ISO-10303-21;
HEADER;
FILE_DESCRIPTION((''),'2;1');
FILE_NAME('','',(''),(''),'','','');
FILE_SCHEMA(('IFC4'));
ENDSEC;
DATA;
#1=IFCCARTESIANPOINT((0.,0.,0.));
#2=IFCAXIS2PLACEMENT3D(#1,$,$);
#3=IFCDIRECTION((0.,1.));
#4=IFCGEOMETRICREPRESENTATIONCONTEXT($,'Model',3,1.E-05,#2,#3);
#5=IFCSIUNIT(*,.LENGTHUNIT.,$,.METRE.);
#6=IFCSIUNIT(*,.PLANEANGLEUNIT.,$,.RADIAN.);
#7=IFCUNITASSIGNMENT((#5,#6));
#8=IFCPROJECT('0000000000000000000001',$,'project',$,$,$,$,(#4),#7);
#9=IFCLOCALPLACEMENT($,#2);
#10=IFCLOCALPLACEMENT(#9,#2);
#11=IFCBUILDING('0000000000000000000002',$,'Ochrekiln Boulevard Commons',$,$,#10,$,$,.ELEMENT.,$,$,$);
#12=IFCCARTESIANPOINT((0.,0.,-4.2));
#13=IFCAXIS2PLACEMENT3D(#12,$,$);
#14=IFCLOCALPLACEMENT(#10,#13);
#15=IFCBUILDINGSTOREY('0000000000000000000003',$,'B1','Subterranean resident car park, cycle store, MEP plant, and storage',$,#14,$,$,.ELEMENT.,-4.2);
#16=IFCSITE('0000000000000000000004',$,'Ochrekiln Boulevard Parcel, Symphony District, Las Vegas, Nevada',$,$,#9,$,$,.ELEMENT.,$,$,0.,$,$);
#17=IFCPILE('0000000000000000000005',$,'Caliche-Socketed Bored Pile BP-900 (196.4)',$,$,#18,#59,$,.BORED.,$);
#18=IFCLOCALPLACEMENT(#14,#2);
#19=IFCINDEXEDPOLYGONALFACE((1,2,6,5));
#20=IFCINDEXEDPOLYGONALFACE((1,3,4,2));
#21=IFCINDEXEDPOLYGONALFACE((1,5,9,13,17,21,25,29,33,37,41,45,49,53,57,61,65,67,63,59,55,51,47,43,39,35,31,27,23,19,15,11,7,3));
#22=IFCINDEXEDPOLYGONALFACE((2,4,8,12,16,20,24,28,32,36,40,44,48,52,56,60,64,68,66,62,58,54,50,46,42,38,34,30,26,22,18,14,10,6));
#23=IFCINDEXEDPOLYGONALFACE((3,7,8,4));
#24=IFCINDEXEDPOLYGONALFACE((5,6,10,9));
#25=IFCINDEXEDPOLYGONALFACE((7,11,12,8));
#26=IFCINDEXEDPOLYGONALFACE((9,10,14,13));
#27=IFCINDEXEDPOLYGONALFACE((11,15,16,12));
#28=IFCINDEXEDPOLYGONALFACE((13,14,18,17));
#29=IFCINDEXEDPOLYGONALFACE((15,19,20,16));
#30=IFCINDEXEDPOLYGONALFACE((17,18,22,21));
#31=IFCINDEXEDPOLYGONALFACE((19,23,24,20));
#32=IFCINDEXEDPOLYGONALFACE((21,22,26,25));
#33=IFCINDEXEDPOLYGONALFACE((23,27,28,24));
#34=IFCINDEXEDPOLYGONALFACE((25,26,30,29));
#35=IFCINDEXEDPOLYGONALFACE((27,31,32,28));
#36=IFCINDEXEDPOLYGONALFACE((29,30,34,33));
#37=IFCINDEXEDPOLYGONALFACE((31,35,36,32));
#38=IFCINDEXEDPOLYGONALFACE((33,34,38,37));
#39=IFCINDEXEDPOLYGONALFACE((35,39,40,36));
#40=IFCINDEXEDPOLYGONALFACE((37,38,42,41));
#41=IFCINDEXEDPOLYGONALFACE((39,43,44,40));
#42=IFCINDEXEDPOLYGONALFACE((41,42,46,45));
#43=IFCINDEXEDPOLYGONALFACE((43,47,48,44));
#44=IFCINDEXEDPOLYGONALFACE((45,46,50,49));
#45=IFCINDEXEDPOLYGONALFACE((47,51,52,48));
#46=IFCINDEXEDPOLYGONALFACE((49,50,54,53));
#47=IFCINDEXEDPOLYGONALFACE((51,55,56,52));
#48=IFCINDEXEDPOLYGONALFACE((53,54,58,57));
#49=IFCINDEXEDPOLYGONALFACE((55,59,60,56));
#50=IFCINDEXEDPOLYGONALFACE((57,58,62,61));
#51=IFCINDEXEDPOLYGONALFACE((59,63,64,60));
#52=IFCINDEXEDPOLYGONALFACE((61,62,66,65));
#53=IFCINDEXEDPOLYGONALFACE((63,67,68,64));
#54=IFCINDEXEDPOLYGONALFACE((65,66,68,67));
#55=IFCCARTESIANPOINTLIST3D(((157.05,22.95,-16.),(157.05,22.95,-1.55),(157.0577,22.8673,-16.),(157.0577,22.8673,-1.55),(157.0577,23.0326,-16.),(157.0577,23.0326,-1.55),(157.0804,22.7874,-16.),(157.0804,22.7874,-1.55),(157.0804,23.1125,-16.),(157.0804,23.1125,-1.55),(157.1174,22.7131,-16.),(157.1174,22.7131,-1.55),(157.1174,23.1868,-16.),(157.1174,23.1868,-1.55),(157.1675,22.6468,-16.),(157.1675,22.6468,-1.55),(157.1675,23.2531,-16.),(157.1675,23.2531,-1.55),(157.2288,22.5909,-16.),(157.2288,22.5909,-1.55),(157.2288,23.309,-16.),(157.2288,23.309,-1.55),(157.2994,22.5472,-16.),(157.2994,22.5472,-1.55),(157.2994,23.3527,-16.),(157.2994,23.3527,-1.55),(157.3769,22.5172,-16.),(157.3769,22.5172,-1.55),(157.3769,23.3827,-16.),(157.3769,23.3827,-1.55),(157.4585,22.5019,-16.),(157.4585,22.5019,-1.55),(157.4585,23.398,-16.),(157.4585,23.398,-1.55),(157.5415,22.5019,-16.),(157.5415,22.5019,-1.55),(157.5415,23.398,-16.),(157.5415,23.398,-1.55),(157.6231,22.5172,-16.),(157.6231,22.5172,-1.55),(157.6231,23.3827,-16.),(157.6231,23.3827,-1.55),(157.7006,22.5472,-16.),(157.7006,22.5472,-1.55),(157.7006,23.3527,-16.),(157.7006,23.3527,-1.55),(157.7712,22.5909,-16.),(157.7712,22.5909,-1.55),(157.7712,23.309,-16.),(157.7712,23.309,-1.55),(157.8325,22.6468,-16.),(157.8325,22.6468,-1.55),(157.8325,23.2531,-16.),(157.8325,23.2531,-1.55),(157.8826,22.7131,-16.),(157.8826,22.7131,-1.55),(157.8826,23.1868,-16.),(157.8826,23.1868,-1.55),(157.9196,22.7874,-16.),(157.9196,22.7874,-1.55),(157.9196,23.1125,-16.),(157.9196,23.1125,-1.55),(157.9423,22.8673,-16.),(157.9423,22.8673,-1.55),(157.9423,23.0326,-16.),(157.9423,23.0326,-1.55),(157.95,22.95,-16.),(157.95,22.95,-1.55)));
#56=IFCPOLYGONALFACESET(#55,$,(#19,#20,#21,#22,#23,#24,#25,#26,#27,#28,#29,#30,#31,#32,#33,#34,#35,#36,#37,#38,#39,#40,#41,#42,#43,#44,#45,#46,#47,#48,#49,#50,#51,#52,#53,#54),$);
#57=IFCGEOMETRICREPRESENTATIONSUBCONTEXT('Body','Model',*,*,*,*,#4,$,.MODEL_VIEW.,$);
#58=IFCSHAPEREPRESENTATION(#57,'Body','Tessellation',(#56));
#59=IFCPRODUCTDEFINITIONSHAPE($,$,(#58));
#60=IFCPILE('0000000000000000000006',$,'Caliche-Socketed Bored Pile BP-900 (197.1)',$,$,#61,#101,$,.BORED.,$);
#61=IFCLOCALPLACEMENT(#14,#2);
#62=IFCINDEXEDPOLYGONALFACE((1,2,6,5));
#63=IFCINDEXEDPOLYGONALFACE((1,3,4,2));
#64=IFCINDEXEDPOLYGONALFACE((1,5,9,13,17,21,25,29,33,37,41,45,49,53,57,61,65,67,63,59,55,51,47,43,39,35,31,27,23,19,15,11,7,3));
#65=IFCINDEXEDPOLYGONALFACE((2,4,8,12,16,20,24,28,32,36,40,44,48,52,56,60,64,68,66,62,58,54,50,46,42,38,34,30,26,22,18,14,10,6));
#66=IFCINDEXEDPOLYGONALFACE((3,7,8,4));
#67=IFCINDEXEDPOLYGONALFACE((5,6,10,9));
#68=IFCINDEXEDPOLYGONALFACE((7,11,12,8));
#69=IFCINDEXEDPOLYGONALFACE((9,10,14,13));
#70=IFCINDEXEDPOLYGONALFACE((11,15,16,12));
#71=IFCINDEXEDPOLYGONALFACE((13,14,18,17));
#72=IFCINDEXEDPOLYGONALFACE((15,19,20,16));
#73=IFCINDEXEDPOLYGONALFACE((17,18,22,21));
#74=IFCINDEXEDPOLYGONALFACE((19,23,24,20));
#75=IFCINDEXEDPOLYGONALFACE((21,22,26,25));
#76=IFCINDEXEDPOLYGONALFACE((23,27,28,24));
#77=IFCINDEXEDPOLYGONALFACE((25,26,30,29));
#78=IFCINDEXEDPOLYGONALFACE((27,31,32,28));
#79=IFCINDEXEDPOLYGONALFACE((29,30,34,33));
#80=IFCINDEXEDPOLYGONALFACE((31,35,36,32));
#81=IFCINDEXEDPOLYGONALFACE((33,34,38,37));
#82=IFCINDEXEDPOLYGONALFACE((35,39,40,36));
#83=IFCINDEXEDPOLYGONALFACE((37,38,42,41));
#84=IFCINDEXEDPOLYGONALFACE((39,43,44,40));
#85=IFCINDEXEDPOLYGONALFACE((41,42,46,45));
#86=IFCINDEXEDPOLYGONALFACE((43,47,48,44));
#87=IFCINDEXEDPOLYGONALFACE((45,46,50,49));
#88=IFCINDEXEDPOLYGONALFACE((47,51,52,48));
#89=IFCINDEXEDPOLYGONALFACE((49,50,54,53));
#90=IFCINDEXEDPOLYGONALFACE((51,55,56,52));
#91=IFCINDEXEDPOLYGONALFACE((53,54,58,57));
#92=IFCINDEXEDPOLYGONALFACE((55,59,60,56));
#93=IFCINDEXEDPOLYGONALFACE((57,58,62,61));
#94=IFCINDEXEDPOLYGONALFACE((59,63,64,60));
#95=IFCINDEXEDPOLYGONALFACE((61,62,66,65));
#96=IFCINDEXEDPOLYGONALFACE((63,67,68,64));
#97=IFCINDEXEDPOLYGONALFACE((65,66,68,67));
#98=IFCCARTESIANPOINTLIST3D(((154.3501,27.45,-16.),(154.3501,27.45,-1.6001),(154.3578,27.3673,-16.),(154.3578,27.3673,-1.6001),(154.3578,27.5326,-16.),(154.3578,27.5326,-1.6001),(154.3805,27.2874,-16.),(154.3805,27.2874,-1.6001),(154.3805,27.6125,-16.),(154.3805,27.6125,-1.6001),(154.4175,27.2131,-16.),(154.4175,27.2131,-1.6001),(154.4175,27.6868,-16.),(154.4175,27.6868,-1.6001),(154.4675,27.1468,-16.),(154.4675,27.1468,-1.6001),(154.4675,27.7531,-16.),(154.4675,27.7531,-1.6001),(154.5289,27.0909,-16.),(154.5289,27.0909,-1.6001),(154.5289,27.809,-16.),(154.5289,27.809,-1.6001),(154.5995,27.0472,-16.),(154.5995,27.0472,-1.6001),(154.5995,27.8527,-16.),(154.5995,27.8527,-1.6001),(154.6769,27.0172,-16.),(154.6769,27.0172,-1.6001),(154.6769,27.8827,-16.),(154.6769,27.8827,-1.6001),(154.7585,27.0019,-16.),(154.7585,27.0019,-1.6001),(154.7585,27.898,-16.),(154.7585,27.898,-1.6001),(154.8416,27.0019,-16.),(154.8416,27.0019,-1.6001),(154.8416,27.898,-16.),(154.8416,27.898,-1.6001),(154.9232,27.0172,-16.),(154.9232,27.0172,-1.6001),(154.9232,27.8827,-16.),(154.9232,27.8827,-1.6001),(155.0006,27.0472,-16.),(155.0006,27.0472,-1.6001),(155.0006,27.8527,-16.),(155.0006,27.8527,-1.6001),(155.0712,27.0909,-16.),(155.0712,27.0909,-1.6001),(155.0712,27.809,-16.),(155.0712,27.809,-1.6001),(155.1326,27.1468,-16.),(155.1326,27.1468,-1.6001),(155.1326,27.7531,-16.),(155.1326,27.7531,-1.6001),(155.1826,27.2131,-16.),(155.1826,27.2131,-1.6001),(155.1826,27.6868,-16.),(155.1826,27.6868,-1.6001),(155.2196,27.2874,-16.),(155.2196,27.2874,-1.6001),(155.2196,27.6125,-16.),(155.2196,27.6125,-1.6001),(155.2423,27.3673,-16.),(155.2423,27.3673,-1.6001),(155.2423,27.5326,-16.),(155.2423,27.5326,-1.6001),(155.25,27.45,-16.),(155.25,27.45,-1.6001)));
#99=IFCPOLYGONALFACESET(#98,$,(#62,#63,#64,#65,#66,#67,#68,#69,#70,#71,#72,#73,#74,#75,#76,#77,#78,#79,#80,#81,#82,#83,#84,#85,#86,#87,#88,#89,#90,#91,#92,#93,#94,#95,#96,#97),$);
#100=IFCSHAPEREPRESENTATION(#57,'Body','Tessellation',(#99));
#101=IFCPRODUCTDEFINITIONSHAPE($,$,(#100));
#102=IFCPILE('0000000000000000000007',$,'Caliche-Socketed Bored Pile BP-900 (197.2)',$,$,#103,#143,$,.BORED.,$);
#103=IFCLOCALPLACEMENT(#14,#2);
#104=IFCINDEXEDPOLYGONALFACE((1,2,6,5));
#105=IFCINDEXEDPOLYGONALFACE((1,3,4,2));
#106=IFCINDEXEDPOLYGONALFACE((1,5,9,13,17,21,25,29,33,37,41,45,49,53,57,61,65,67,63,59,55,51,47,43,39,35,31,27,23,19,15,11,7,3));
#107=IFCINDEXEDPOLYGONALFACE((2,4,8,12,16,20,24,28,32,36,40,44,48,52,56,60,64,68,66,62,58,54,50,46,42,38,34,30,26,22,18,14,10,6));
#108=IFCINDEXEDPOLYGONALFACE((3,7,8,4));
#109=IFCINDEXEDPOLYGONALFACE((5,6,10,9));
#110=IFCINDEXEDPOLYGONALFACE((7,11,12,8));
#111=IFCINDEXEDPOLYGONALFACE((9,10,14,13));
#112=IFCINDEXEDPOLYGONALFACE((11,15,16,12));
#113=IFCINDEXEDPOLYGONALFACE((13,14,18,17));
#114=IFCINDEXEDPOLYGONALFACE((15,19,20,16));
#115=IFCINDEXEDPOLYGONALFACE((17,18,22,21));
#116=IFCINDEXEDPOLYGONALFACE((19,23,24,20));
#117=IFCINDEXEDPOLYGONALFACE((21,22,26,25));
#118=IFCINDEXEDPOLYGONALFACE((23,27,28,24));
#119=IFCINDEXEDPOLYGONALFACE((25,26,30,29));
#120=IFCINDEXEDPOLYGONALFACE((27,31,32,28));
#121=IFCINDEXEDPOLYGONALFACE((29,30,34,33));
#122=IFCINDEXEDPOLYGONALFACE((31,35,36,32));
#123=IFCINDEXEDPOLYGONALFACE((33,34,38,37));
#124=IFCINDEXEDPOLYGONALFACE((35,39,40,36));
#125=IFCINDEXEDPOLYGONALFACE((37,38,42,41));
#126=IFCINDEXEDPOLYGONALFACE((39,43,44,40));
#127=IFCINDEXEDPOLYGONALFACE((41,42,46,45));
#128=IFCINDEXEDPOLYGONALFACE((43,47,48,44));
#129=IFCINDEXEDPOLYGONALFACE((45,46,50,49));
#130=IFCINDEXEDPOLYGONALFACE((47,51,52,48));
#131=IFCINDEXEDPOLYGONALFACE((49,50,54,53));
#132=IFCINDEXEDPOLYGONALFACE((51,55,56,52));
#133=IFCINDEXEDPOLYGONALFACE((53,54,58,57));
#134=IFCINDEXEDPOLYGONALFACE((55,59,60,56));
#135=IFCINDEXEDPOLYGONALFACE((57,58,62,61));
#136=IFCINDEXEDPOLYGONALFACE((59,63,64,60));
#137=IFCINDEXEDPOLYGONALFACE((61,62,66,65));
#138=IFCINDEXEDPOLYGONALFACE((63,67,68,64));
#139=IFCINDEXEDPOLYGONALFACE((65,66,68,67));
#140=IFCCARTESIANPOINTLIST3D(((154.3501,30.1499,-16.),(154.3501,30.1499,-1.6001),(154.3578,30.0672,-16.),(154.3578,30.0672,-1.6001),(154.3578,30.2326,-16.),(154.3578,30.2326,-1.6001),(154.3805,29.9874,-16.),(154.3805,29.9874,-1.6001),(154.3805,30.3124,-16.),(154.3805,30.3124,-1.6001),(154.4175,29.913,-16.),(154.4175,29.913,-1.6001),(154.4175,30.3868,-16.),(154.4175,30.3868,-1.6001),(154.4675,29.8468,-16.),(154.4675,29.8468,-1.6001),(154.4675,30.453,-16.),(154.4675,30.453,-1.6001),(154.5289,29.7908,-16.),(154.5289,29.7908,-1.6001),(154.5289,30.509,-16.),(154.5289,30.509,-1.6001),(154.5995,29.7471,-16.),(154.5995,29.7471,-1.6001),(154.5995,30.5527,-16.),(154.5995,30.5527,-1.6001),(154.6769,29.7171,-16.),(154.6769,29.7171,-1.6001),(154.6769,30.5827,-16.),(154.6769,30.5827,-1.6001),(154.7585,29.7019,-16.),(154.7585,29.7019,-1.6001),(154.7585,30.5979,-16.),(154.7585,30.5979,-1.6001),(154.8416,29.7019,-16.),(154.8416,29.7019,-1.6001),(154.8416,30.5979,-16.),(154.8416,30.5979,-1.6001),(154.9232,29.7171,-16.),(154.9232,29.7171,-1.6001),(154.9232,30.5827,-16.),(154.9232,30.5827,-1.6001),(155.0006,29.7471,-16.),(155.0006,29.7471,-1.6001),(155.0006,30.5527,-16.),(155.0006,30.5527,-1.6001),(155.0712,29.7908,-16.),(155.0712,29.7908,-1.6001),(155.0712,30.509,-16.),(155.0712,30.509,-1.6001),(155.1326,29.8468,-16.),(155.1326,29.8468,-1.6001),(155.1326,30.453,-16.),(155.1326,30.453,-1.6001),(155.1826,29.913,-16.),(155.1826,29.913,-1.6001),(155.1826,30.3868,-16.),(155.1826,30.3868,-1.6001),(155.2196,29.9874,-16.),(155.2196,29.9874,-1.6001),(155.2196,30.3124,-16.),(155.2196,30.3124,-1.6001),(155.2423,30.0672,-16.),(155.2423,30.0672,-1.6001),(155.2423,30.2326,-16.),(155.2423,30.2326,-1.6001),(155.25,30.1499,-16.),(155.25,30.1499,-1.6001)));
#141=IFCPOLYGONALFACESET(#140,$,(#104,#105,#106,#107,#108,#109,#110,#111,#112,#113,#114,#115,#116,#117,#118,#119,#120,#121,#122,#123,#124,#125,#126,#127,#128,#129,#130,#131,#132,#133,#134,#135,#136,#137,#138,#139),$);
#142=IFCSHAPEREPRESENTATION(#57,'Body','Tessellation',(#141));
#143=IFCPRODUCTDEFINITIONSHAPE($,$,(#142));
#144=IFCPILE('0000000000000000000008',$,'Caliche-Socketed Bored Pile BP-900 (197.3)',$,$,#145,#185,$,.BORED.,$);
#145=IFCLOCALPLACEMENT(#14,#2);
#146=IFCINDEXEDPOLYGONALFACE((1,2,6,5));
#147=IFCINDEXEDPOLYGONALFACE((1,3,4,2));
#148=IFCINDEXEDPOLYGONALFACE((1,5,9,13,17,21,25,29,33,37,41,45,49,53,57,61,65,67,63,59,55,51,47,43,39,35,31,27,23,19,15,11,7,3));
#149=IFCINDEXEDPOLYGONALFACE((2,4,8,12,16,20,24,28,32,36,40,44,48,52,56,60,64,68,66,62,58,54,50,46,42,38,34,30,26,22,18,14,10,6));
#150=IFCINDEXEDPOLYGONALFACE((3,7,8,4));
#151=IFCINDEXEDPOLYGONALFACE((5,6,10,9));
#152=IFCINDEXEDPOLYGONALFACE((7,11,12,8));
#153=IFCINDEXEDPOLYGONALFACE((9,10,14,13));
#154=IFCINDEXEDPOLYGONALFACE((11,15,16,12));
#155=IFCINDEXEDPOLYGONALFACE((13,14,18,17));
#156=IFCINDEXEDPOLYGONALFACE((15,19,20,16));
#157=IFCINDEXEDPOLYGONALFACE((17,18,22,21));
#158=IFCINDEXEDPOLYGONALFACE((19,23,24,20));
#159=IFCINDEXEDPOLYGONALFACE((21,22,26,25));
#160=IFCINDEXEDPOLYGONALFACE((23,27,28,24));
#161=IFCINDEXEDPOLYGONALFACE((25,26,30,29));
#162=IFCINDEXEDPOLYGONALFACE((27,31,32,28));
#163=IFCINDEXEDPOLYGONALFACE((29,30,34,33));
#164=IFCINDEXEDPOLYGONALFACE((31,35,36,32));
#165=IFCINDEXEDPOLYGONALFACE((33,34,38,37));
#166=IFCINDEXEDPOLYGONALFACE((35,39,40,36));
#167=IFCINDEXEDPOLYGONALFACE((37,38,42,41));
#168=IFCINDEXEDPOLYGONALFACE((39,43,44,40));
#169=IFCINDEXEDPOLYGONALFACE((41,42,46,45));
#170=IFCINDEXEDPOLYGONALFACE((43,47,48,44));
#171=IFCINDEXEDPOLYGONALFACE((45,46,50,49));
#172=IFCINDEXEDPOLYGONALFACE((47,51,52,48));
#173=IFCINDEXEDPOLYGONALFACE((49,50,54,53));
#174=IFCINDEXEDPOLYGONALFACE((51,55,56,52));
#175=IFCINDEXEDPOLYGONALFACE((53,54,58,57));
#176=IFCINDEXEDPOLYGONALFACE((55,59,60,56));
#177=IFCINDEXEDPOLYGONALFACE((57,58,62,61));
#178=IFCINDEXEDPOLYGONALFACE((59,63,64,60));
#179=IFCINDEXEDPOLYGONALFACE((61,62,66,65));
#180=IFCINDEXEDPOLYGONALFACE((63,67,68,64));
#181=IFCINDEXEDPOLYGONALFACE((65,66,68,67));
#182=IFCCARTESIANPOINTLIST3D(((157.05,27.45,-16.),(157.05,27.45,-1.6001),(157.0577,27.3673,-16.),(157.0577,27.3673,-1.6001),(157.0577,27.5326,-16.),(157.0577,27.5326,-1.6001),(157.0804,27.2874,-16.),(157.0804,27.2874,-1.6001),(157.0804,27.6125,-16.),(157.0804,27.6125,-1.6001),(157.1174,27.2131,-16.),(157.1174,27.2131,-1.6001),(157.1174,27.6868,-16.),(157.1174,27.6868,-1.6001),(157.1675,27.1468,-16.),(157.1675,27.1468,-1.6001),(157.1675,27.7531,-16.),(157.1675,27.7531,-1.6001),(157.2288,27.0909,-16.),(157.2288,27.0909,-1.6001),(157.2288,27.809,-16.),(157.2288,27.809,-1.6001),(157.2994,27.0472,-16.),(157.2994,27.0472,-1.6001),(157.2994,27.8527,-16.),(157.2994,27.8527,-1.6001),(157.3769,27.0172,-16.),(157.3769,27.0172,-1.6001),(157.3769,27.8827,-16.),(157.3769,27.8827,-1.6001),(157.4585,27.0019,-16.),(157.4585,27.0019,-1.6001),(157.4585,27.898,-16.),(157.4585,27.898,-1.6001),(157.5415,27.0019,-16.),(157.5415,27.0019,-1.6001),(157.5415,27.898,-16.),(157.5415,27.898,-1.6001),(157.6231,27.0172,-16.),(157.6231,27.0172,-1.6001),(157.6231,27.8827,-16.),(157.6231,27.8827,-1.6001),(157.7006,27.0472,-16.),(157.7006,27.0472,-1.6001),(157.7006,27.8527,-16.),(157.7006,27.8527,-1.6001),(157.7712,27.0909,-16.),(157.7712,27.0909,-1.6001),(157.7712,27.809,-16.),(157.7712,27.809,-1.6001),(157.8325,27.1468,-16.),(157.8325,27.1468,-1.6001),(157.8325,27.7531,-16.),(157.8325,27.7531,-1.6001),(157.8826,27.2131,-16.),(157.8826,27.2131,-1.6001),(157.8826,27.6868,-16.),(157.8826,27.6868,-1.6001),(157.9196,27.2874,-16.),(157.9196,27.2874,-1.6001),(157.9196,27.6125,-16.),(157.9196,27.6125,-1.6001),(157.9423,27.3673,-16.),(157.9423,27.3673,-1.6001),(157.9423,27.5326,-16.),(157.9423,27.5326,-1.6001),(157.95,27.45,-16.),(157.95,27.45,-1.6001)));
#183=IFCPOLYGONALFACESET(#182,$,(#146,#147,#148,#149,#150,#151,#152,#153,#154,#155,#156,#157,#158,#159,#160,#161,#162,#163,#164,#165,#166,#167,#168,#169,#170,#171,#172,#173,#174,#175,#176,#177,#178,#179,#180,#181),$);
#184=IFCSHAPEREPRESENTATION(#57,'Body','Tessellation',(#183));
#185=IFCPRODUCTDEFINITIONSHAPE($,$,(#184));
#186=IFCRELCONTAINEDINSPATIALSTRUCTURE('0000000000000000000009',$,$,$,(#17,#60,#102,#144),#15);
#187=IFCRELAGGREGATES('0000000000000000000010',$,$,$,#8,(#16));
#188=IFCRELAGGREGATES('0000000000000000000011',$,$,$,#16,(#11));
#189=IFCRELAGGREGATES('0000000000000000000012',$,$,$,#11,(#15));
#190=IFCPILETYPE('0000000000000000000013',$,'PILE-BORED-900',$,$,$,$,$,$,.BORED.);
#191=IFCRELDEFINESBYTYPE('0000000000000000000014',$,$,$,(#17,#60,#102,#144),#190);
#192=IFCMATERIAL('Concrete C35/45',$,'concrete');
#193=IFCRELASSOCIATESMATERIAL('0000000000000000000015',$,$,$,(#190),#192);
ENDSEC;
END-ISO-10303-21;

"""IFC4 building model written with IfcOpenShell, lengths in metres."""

from ifc_helpers import new_model, si_unit, direction, frame, origin, origin_2d, place, context, subcontext, project, spatial, circle, extrude, material, material_profile, profile_set, type_object, element, save


model = new_model("IFC4")

# Units and contexts
model_context = context("Model", 3, precision=1e-05, world=origin(), true_north=direction((0.0, 1.0)))
body_context = subcontext(model_context, "Body", "Model", "MODEL_VIEW")
ifc_project = project(units=[si_unit("LENGTHUNIT", "METRE"), si_unit("PLANEANGLEUNIT", "RADIAN")], contexts=[model_context])

# Site, building, storey
site_placement = place(None, origin())
site = spatial("IfcSite", under=ifc_project, at=site_placement, Name="Ochrekiln Boulevard Parcel, Symphony District, Las Vegas, Nevada", CompositionType="ELEMENT", RefElevation=0.0)
building_placement = place(site_placement, origin())
building = spatial("IfcBuilding", under=site, at=building_placement, Name="Ochrekiln Boulevard Commons", CompositionType="ELEMENT")
storey_placement = place(building_placement, frame((0.0, 0.0, -4.2)))
storey = spatial("IfcBuildingStorey", under=building, at=storey_placement, Name="B1", Description="Subterranean resident car park, cycle store, MEP plant, and storage", CompositionType="ELEMENT", Elevation=-4.2)

# Shared definitions
ifc_material_1 = material(Name="Concrete C35/45", Category="concrete")

# Piles
ifc_material_profile_1 = material_profile(ifc_material_1, circle(Radius=0.45, at=origin_2d()), Name="PILE-D900")
ifc_profile_set_1 = profile_set([ifc_material_profile_1], Name="Concrete C35/45")
pile_type = type_object("IfcPileType", Name="PILE-BORED-900", PredefinedType="BORED", material=ifc_profile_set_1)
for number, where, z_axis, x_axis, name in (
    (1, (157.5, 22.95, -1.55), (0.0, 0.0, -1.0), (1.0, 0.0, 0.0), "Caliche-Socketed Bored Pile BP-900 (196.4)"),
):
    element("IfcPile", number, at=place(storey_placement, frame(where, z_axis=z_axis, x_axis=x_axis)), inside=storey, type_object=pile_type, Name=name, PredefinedType="BORED", context=body_context, shape_type="SweptSolid", body=[
        extrude(circle(Radius=0.45, at=origin_2d()), origin(), (0.0, 0.0, 1.0), 14.45),
    ])
for number, where, z_axis, x_axis, name in (
    (2, (154.8, 27.45, -1.6001), (0.0, 0.0, -1.0), (1.0, 0.0, 0.0), "Caliche-Socketed Bored Pile BP-900 (197.1)"),
    (3, (154.8, 30.1499, -1.6001), (0.0, 0.0, -1.0), (1.0, 0.0, 0.0), "Caliche-Socketed Bored Pile BP-900 (197.2)"),
    (4, (157.5, 27.45, -1.6001), (0.0, 0.0, -1.0), (1.0, 0.0, 0.0), "Caliche-Socketed Bored Pile BP-900 (197.3)"),
):
    element("IfcPile", number, at=place(storey_placement, frame(where, z_axis=z_axis, x_axis=x_axis)), inside=storey, type_object=pile_type, Name=name, PredefinedType="BORED", context=body_context, shape_type="SweptSolid", body=[
        extrude(circle(Radius=0.45, at=origin_2d()), origin(), (0.0, 0.0, 1.0), 14.3999),
    ])

save(model, "model.ifc")
